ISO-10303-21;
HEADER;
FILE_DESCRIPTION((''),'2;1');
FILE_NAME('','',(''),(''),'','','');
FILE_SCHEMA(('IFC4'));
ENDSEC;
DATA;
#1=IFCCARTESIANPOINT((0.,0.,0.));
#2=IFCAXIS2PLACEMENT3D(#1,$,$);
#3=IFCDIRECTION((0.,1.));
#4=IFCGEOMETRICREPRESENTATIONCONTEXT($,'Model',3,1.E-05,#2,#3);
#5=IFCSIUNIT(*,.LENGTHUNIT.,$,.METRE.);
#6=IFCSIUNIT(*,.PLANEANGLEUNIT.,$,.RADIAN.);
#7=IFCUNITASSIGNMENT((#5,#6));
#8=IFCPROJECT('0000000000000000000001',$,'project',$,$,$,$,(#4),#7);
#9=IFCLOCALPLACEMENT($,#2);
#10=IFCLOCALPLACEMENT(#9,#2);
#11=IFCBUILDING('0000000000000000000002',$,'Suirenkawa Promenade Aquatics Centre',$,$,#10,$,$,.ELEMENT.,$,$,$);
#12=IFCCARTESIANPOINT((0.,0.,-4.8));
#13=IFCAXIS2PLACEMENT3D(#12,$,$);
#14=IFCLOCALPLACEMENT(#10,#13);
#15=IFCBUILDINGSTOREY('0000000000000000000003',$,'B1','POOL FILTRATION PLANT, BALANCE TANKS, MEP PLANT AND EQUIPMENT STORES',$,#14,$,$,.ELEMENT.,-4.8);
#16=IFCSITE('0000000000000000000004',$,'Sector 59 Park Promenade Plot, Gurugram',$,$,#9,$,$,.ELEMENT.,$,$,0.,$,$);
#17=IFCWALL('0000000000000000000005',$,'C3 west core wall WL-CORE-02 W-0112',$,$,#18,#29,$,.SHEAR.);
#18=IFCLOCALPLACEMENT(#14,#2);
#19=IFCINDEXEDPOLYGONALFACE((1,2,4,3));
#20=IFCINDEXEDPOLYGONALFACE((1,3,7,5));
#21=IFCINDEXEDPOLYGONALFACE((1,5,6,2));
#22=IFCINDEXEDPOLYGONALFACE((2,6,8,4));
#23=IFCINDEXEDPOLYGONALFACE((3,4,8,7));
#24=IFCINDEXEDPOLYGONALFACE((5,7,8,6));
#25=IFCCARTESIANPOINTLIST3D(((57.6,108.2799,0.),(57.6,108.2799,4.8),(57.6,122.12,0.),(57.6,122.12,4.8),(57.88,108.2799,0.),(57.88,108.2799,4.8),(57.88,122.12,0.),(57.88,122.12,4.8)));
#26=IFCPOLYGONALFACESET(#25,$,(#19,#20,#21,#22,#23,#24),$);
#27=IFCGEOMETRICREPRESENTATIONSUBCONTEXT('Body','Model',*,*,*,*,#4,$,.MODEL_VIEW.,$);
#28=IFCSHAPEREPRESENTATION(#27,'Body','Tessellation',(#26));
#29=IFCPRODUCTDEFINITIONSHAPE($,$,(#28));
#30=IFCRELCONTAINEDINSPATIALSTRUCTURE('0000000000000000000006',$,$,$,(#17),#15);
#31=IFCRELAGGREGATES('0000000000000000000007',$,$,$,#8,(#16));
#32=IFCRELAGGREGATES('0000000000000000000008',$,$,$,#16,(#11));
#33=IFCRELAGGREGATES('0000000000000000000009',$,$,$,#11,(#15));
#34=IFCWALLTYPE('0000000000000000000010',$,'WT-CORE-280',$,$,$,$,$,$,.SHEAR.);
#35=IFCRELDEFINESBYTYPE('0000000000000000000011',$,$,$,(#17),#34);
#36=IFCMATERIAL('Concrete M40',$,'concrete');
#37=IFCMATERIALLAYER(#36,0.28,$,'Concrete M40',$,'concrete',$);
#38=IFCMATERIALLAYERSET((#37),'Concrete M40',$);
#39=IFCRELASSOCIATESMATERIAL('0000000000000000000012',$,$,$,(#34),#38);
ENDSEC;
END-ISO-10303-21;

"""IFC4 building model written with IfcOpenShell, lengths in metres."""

from ifc_helpers import new_model, si_unit, direction, frame, frame_2d, origin, place, context, subcontext, project, spatial, rectangle, extrude, material, layer, layer_set, type_object, element, save


model = new_model("IFC4")

# Units and contexts
model_context = context("Model", 3, precision=1e-05, world=origin(), true_north=direction((0.0, 1.0)))
body_context = subcontext(model_context, "Body", "Model", "MODEL_VIEW")
ifc_project = project(units=[si_unit("LENGTHUNIT", "METRE"), si_unit("PLANEANGLEUNIT", "RADIAN")], contexts=[model_context])

# Site, building, storey
site_placement = place(None, origin())
site = spatial("IfcSite", under=ifc_project, at=site_placement, Name="Sector 59 Park Promenade Plot, Gurugram", CompositionType="ELEMENT", RefElevation=0.0)
building_placement = place(site_placement, origin())
building = spatial("IfcBuilding", under=site, at=building_placement, Name="Suirenkawa Promenade Aquatics Centre", CompositionType="ELEMENT")
storey_placement = place(building_placement, frame((0.0, 0.0, -4.8)))
storey = spatial("IfcBuildingStorey", under=building, at=storey_placement, Name="B1", Description="POOL FILTRATION PLANT, BALANCE TANKS, MEP PLANT AND EQUIPMENT STORES", CompositionType="ELEMENT", Elevation=-4.8)

# Shared definitions
ifc_material_1 = material(Name="Concrete M40", Category="concrete")

# Wall
ifc_layer = layer(ifc_material_1, 0.28, Name="Concrete M40", Category="concrete")
ifc_layer_set = layer_set([ifc_layer], Name="Concrete M40")
wall_type = type_object("IfcWallType", Name="WT-CORE-280", PredefinedType="SHEAR", material=ifc_layer_set)
wall_1_placement = place(storey_placement, frame((57.74, 108.28, 0.0), z_axis=(0.0, 0.0, 1.0), x_axis=(0.0, 1.0, 0.0)))
element("IfcWall", 1, at=wall_1_placement, inside=storey, type_object=wall_type, Name="C3 west core wall WL-CORE-02 W-0112", PredefinedType="SHEAR", context=body_context, shape_type="SweptSolid", body=[
    extrude(rectangle(XDim=13.8401, YDim=0.28, at=frame_2d((6.9199, 0.0))), origin(), (0.0, 0.0, 1.0), 4.8),
])

save(model, "model.ifc")
